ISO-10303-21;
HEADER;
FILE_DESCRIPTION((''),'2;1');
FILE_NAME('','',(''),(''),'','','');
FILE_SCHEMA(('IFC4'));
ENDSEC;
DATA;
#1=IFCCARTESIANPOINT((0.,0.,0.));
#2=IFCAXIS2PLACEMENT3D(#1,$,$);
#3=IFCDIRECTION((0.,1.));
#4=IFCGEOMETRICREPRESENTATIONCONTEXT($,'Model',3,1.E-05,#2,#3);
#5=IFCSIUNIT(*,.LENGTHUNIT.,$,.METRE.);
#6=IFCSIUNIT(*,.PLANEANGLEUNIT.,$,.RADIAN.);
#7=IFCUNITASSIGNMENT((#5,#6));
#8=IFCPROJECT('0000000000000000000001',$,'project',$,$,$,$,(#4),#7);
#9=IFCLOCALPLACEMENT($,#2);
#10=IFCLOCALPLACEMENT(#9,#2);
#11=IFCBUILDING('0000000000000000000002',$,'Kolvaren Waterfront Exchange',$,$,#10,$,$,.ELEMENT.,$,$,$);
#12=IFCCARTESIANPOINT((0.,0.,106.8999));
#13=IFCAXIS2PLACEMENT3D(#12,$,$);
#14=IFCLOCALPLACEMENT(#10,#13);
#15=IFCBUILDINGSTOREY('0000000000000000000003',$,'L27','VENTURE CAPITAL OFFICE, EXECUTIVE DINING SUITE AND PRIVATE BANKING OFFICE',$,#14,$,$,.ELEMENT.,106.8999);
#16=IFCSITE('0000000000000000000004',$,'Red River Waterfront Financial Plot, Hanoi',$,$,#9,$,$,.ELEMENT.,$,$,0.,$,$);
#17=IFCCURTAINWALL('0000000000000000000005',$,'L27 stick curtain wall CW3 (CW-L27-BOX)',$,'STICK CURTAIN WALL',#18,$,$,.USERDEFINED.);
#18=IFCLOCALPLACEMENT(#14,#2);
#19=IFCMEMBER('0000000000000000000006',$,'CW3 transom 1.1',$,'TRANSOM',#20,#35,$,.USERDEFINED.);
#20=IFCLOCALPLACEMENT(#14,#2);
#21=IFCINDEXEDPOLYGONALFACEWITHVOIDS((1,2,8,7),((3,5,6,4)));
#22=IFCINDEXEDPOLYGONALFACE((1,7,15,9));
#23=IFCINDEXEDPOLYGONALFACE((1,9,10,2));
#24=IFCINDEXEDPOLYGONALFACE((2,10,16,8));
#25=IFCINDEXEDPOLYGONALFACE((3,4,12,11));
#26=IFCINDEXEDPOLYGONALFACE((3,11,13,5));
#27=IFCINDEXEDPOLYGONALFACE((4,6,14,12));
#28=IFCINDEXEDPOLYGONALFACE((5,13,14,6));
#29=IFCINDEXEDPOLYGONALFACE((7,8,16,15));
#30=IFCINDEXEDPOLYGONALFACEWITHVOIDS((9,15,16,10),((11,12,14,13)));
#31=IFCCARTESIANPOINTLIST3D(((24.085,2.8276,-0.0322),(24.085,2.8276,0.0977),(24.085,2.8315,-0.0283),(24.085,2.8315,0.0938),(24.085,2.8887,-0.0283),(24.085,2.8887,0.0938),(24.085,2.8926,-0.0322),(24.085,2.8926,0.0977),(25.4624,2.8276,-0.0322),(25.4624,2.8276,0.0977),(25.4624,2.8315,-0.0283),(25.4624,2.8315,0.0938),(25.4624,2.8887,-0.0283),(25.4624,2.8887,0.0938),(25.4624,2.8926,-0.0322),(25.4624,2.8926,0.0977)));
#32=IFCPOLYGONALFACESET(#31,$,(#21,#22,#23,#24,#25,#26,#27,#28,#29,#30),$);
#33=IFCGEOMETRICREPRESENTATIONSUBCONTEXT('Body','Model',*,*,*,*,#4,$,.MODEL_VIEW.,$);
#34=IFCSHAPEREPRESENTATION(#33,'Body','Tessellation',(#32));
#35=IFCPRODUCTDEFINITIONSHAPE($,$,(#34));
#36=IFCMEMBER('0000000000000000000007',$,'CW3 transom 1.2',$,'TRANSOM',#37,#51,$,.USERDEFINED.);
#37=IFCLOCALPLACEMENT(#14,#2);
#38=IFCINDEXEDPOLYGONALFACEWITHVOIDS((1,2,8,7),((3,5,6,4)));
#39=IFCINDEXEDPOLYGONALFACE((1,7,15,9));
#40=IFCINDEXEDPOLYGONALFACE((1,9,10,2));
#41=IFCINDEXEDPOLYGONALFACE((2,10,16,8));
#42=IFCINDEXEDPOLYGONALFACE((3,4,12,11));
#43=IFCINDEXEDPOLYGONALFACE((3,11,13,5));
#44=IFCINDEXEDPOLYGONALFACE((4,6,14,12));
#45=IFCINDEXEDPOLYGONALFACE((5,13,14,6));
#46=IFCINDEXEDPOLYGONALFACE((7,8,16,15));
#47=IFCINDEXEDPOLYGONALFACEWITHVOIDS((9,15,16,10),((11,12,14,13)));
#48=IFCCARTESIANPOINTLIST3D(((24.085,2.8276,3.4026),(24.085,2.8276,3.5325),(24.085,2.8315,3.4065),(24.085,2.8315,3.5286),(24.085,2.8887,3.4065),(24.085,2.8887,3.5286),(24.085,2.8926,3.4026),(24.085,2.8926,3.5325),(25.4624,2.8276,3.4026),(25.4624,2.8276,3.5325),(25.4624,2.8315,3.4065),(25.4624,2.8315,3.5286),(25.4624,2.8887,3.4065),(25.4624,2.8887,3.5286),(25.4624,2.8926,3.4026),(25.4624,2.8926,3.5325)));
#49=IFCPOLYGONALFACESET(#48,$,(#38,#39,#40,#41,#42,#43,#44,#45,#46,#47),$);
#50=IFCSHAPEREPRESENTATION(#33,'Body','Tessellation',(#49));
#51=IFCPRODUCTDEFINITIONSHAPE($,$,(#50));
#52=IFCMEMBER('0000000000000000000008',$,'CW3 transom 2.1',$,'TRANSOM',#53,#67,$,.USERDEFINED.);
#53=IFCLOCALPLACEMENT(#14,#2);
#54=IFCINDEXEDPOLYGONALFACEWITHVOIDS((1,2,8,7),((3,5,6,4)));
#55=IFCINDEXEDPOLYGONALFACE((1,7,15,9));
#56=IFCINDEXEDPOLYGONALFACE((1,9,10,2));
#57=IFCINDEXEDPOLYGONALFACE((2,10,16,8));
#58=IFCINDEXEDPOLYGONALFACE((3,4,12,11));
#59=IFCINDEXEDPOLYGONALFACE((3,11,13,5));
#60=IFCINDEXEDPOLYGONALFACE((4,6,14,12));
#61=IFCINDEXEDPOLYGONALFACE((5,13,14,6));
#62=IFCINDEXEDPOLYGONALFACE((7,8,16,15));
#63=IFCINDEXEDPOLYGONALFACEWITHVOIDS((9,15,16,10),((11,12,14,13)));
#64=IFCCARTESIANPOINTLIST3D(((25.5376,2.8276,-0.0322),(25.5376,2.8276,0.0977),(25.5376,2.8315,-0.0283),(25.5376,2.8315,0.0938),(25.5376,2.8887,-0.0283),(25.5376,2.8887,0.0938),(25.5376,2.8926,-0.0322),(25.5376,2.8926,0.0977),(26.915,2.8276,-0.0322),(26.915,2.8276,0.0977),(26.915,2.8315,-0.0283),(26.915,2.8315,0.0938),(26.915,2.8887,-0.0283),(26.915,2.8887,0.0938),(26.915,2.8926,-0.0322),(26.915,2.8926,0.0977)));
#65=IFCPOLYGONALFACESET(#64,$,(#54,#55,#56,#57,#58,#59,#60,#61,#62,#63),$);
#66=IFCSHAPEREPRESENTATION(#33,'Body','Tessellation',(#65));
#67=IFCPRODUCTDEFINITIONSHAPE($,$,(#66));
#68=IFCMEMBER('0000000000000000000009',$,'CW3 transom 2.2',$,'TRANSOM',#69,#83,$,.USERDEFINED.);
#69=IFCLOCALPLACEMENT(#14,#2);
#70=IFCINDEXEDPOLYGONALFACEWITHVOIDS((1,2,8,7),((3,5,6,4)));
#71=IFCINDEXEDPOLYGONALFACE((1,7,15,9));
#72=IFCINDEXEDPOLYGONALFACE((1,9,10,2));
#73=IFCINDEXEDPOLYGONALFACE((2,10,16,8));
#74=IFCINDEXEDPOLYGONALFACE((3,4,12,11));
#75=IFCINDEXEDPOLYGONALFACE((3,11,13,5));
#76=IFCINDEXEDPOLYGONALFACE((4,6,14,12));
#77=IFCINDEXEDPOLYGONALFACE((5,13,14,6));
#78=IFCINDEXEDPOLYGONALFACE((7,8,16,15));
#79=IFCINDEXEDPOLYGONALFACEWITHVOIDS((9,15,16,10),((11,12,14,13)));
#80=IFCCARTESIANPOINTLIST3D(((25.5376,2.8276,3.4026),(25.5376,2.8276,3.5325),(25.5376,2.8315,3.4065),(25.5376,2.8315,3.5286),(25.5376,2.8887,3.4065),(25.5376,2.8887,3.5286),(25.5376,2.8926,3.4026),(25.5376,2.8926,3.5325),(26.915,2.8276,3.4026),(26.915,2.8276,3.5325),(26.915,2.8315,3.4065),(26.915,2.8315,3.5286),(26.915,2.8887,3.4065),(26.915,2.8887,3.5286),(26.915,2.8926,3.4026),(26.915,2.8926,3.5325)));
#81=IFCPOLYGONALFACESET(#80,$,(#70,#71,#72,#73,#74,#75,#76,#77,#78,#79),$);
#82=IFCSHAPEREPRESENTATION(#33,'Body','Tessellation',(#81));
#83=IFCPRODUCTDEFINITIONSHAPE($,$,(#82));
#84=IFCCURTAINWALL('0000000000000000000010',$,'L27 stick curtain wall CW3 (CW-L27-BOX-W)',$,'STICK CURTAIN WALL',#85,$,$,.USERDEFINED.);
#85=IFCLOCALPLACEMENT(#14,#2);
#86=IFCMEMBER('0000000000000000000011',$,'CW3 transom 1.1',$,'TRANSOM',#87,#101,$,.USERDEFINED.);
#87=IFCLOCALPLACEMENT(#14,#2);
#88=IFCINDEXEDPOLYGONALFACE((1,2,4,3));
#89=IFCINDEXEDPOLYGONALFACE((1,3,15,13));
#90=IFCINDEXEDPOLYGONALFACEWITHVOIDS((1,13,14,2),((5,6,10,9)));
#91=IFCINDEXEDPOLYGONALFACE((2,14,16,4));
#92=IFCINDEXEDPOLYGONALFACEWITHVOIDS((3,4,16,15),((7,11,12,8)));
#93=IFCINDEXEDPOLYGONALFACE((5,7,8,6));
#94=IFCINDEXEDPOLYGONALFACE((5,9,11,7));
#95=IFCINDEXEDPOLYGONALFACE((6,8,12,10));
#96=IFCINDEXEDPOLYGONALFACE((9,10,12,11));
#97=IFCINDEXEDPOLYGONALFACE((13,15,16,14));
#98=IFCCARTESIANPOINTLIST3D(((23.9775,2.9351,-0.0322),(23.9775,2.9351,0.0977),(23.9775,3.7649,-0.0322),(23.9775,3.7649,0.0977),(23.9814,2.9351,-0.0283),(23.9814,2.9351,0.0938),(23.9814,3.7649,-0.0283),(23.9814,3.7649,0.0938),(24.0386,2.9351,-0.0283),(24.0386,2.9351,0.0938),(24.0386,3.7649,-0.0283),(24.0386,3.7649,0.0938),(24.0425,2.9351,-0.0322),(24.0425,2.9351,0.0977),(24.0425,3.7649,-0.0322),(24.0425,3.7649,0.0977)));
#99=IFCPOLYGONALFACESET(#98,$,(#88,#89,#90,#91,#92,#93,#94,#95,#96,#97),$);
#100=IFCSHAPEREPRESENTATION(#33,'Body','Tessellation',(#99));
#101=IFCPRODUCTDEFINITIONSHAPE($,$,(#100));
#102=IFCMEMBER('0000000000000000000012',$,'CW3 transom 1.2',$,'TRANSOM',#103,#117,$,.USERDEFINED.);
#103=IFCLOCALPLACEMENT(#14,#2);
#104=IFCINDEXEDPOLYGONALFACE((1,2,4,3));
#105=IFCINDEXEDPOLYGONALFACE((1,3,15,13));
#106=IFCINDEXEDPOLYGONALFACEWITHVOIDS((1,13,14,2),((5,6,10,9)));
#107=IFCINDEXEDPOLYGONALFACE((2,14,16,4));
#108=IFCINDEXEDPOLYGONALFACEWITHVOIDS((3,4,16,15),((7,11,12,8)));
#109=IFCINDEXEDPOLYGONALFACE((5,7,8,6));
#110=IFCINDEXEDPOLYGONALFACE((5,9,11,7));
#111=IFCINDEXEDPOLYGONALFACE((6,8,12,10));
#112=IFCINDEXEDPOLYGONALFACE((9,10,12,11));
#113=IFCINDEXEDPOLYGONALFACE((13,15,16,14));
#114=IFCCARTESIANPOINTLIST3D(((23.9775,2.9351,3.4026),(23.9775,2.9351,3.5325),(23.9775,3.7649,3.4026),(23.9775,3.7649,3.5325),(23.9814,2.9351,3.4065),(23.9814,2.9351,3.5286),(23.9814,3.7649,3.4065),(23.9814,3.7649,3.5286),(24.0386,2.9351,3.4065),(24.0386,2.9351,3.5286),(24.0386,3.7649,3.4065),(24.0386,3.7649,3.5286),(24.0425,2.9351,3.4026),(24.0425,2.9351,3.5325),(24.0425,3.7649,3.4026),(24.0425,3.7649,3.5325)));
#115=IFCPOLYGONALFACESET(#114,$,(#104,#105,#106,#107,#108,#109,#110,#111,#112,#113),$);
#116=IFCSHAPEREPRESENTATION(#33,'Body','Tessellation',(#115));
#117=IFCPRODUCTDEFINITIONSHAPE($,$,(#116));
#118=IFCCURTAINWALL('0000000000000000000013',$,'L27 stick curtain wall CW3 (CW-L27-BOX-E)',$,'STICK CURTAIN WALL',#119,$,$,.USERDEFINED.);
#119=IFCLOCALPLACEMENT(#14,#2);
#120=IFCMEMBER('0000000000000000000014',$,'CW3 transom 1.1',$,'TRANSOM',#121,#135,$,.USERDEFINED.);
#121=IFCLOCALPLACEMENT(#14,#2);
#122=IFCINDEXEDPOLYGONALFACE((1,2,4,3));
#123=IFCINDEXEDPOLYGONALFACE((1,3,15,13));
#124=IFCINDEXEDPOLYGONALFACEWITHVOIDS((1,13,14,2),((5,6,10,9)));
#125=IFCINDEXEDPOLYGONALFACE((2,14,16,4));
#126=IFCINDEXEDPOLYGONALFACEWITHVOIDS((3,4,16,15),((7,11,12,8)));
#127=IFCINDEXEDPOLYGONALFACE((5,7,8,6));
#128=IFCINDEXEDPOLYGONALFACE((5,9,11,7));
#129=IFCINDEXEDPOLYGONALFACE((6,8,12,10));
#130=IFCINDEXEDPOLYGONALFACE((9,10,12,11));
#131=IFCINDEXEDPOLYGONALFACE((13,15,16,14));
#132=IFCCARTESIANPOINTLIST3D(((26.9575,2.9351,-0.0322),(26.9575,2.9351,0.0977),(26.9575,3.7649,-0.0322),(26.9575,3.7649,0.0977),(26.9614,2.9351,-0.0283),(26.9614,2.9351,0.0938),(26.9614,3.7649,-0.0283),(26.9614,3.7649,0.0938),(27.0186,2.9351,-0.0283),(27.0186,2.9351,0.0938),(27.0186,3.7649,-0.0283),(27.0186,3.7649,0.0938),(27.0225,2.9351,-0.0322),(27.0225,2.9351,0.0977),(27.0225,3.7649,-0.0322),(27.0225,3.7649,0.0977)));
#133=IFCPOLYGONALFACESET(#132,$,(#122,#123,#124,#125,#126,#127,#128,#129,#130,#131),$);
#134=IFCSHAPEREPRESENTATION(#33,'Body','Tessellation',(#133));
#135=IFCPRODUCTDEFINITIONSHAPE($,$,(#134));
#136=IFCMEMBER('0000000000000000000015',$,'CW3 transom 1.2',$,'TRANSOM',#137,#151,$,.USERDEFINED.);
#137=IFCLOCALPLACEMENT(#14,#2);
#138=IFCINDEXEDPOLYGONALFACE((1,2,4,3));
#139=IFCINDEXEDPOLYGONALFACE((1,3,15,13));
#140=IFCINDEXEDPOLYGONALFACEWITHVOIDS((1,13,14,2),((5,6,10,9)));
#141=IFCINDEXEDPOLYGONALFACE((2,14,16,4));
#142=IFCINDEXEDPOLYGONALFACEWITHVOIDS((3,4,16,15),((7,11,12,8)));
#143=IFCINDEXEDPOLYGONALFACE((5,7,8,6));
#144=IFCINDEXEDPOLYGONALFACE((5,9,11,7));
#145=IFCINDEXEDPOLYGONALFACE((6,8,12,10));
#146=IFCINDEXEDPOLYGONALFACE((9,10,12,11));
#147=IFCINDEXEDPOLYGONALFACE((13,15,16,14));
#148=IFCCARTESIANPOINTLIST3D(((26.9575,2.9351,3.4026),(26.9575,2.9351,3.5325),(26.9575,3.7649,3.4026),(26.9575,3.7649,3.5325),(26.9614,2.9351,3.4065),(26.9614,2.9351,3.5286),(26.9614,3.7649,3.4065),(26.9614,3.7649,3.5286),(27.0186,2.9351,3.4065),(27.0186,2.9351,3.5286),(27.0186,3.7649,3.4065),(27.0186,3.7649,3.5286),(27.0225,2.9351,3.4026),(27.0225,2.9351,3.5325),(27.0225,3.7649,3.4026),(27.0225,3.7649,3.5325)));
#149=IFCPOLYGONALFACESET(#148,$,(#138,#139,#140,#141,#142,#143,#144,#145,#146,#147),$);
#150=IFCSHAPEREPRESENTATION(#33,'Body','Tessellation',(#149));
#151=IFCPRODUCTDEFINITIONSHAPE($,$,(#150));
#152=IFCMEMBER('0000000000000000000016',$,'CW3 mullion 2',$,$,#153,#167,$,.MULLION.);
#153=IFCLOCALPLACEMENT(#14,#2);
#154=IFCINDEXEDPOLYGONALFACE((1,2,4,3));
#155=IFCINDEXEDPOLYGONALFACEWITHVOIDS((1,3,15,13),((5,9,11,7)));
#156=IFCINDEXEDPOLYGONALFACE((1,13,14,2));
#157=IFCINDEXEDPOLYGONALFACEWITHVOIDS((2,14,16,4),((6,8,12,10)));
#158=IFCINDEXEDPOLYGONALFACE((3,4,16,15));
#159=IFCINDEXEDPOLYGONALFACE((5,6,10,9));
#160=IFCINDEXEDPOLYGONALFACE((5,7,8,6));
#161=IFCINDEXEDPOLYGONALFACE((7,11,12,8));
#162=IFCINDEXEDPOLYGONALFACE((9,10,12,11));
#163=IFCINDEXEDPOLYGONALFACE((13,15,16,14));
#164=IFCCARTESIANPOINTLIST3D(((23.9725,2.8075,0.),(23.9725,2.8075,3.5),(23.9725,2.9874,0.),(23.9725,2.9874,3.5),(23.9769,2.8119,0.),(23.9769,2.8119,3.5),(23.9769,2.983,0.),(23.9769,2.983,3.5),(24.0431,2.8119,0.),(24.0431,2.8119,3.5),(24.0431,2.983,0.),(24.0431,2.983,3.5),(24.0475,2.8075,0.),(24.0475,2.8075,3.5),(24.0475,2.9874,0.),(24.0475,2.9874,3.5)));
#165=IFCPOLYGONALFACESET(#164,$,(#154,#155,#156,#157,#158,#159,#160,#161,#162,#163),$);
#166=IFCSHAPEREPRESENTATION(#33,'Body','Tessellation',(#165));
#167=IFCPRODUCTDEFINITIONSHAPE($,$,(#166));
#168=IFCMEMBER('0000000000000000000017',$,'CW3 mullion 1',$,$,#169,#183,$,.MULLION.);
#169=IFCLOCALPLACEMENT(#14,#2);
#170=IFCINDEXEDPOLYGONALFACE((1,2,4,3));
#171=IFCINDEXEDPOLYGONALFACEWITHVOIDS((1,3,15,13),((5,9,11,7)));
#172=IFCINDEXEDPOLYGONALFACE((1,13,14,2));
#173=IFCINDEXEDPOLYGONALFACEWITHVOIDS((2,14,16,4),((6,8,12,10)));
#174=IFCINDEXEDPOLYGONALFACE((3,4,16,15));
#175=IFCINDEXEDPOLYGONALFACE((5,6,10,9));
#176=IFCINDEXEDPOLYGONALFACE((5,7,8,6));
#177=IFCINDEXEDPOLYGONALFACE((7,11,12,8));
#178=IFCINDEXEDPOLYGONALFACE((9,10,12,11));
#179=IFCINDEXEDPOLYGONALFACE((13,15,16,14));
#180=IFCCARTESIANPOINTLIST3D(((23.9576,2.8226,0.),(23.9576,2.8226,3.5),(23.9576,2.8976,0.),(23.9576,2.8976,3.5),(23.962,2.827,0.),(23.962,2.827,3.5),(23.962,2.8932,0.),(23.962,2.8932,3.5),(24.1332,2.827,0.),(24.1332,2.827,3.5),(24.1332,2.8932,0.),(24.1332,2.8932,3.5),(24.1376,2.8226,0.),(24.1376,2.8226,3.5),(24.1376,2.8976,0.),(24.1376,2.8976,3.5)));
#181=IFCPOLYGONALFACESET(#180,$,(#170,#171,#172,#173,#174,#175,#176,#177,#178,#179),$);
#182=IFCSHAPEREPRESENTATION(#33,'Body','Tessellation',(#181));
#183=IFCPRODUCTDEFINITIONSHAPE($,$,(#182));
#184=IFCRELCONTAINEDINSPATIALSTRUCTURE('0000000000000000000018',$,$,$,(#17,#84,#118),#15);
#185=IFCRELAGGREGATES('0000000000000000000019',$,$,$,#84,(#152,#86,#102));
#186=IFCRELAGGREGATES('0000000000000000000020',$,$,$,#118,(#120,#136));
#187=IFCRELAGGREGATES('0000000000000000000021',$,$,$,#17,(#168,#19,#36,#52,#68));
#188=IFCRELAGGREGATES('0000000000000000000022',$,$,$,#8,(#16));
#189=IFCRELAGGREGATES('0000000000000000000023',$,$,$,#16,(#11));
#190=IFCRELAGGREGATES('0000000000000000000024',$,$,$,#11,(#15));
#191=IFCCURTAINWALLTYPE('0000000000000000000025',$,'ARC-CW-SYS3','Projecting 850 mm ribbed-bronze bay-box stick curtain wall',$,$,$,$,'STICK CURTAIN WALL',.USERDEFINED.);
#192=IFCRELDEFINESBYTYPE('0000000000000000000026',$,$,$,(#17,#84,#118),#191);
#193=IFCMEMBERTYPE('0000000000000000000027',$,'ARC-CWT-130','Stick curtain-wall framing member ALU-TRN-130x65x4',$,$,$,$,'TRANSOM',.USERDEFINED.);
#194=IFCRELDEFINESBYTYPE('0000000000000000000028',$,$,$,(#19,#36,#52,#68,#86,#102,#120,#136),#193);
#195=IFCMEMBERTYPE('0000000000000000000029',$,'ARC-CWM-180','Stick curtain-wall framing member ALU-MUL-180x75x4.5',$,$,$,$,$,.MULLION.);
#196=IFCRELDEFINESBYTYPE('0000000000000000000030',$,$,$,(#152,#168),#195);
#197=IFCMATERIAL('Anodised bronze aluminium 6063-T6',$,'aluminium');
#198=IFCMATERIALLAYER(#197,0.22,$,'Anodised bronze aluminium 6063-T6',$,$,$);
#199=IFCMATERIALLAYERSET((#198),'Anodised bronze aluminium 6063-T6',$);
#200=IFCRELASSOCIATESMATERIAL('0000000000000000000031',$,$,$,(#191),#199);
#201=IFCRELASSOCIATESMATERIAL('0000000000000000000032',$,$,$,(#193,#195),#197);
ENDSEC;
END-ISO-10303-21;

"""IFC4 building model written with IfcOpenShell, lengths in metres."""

from ifc_helpers import new_model, si_unit, direction, frame, origin, origin_with_axes, origin_2d, place, context, subcontext, project, spatial, hollow_rectangle, extrude, source, transform, mapped, material, layer, layer_set, material_profile, profile_set, type_object, element, aggregate, save


model = new_model("IFC4")

# Units and contexts
model_context = context("Model", 3, precision=1e-05, world=origin(), true_north=direction((0.0, 1.0)))
body_context = subcontext(model_context, "Body", "Model", "MODEL_VIEW")
ifc_project = project(units=[si_unit("LENGTHUNIT", "METRE"), si_unit("PLANEANGLEUNIT", "RADIAN")], contexts=[model_context])

# Site, building, storey
site_placement = place(None, origin())
site = spatial("IfcSite", under=ifc_project, at=site_placement, Name="Red River Waterfront Financial Plot, Hanoi", CompositionType="ELEMENT", RefElevation=0.0)
building_placement = place(site_placement, origin())
building = spatial("IfcBuilding", under=site, at=building_placement, Name="Kolvaren Waterfront Exchange", CompositionType="ELEMENT")
storey_placement = place(building_placement, frame((0.0, 0.0, 106.8999)))
storey = spatial("IfcBuildingStorey", under=building, at=storey_placement, Name="L27", Description="VENTURE CAPITAL OFFICE, EXECUTIVE DINING SUITE AND PRIVATE BANKING OFFICE", CompositionType="ELEMENT", Elevation=106.8999)

# Curtain walls, members
ifc_material_1 = material(Name="Anodised bronze aluminium 6063-T6", Category="aluminium")
ifc_layer_1 = layer(ifc_material_1, 0.22, Name="Anodised bronze aluminium 6063-T6")
ifc_layer_set_1 = layer_set([ifc_layer_1], Name="Anodised bronze aluminium 6063-T6")
curtain_wall_type = type_object("IfcCurtainWallType", Name="ARC-CW-SYS3", Description="Projecting 850 mm ribbed-bronze bay-box stick curtain wall", ElementType="STICK CURTAIN WALL", PredefinedType="USERDEFINED", material=ifc_layer_set_1)
curtain_wall_1_placement = place(storey_placement, origin())
curtain_wall_1 = element("IfcCurtainWall", 1, at=curtain_wall_1_placement, inside=storey, type_object=curtain_wall_type, Name="L27 stick curtain wall CW3 (CW-L27-BOX)", ObjectType="STICK CURTAIN WALL", PredefinedType="USERDEFINED")
ifc_material_profile_1 = material_profile(ifc_material_1, hollow_rectangle(XDim=0.0649, YDim=0.1299, WallThickness=0.0039, at=origin_2d()), Name="ALU-TRN-130x65x4")
ifc_profile_set_1 = profile_set([ifc_material_profile_1], Name="Anodised bronze aluminium 6063-T6")
member_type_1 = type_object("IfcMemberType", Name="ARC-CWT-130", Description="Stick curtain-wall framing member ALU-TRN-130x65x4", ElementType="TRANSOM", PredefinedType="USERDEFINED", material=ifc_profile_set_1)
shared_shape_1 = source(origin_with_axes(), body_context, "Body", "SweptSolid", [
    extrude(hollow_rectangle(XDim=0.0649, YDim=0.1299, WallThickness=0.0039, at=origin_2d()), origin(), (0.0, 0.0, 1.0), 1.3774),
])
member_1_placement = place(storey_placement, frame((24.085, 2.8601, 0.0327), z_axis=(1.0, 0.0, 0.0), x_axis=(0.0, 1.0, 0.0)))
member_1 = element("IfcMember", 2, at=member_1_placement, type_object=member_type_1, Name="CW3 transom 1.1", ObjectType="TRANSOM", PredefinedType="USERDEFINED", context=body_context, shape_type="MappedRepresentation", body=[
    mapped(shared_shape_1, transform((0.0, 0.0, 0.0), x_axis=(1.0, 0.0, 0.0), y_axis=(0.0, 1.0, 0.0), z_axis=(0.0, 0.0, 1.0), scale=1.0)),
])
member_2_placement = place(storey_placement, frame((24.085, 2.8601, 3.4675), z_axis=(1.0, 0.0, 0.0), x_axis=(0.0, 1.0, 0.0)))
member_2 = element("IfcMember", 3, at=member_2_placement, type_object=member_type_1, Name="CW3 transom 1.2", ObjectType="TRANSOM", PredefinedType="USERDEFINED", context=body_context, shape_type="MappedRepresentation", body=[
    mapped(shared_shape_1, transform((0.0, 0.0, 0.0), x_axis=(1.0, 0.0, 0.0), y_axis=(0.0, 1.0, 0.0), z_axis=(0.0, 0.0, 1.0), scale=1.0)),
])
member_3_placement = place(storey_placement, frame((25.5376, 2.8601, 0.0327), z_axis=(1.0, 0.0, 0.0), x_axis=(0.0, 1.0, 0.0)))
member_3 = element("IfcMember", 4, at=member_3_placement, type_object=member_type_1, Name="CW3 transom 2.1", ObjectType="TRANSOM", PredefinedType="USERDEFINED", context=body_context, shape_type="MappedRepresentation", body=[
    mapped(shared_shape_1, transform((0.0, 0.0, 0.0), x_axis=(1.0, 0.0, 0.0), y_axis=(0.0, 1.0, 0.0), z_axis=(0.0, 0.0, 1.0), scale=1.0)),
])
member_4_placement = place(storey_placement, frame((25.5376, 2.8601, 3.4675), z_axis=(1.0, 0.0, 0.0), x_axis=(0.0, 1.0, 0.0)))
member_4 = element("IfcMember", 5, at=member_4_placement, type_object=member_type_1, Name="CW3 transom 2.2", ObjectType="TRANSOM", PredefinedType="USERDEFINED", context=body_context, shape_type="MappedRepresentation", body=[
    mapped(shared_shape_1, transform((0.0, 0.0, 0.0), x_axis=(1.0, 0.0, 0.0), y_axis=(0.0, 1.0, 0.0), z_axis=(0.0, 0.0, 1.0), scale=1.0)),
])
curtain_wall_2_placement = place(storey_placement, origin())
curtain_wall_2 = element("IfcCurtainWall", 6, at=curtain_wall_2_placement, inside=storey, type_object=curtain_wall_type, Name="L27 stick curtain wall CW3 (CW-L27-BOX-W)", ObjectType="STICK CURTAIN WALL", PredefinedType="USERDEFINED")
shared_shape_2 = source(origin_with_axes(), body_context, "Body", "SweptSolid", [
    extrude(hollow_rectangle(XDim=0.0649, YDim=0.1299, WallThickness=0.0039, at=origin_2d()), origin(), (0.0, 0.0, 1.0), 0.8298),
])
member_5_placement = place(storey_placement, frame((24.01, 3.7649, 0.0327), z_axis=(0.0, -1.0, 0.0), x_axis=(1.0, 0.0, 0.0)))
member_5 = element("IfcMember", 7, at=member_5_placement, type_object=member_type_1, Name="CW3 transom 1.1", ObjectType="TRANSOM", PredefinedType="USERDEFINED", context=body_context, shape_type="MappedRepresentation", body=[
    mapped(shared_shape_2, transform((0.0, 0.0, 0.0), x_axis=(1.0, 0.0, 0.0), y_axis=(0.0, 1.0, 0.0), z_axis=(0.0, 0.0, 1.0), scale=1.0)),
])
member_6_placement = place(storey_placement, frame((24.01, 3.7649, 3.4675), z_axis=(0.0, -1.0, 0.0), x_axis=(1.0, 0.0, 0.0)))
member_6 = element("IfcMember", 8, at=member_6_placement, type_object=member_type_1, Name="CW3 transom 1.2", ObjectType="TRANSOM", PredefinedType="USERDEFINED", context=body_context, shape_type="MappedRepresentation", body=[
    mapped(shared_shape_2, transform((0.0, 0.0, 0.0), x_axis=(1.0, 0.0, 0.0), y_axis=(0.0, 1.0, 0.0), z_axis=(0.0, 0.0, 1.0), scale=1.0)),
])
curtain_wall_3_placement = place(storey_placement, origin())
curtain_wall_3 = element("IfcCurtainWall", 9, at=curtain_wall_3_placement, inside=storey, type_object=curtain_wall_type, Name="L27 stick curtain wall CW3 (CW-L27-BOX-E)", ObjectType="STICK CURTAIN WALL", PredefinedType="USERDEFINED")
member_7_placement = place(storey_placement, frame((26.99, 2.9351, 0.0327), z_axis=(0.0, 1.0, 0.0), x_axis=(-1.0, 0.0, 0.0)))
member_7 = element("IfcMember", 10, at=member_7_placement, type_object=member_type_1, Name="CW3 transom 1.1", ObjectType="TRANSOM", PredefinedType="USERDEFINED", context=body_context, shape_type="MappedRepresentation", body=[
    mapped(shared_shape_2, transform((0.0, 0.0, 0.0), x_axis=(1.0, 0.0, 0.0), y_axis=(0.0, 1.0, 0.0), z_axis=(0.0, 0.0, 1.0), scale=1.0)),
])
member_8_placement = place(storey_placement, frame((26.99, 2.9351, 3.4675), z_axis=(0.0, 1.0, 0.0), x_axis=(-1.0, 0.0, 0.0)))
member_8 = element("IfcMember", 11, at=member_8_placement, type_object=member_type_1, Name="CW3 transom 1.2", ObjectType="TRANSOM", PredefinedType="USERDEFINED", context=body_context, shape_type="MappedRepresentation", body=[
    mapped(shared_shape_2, transform((0.0, 0.0, 0.0), x_axis=(1.0, 0.0, 0.0), y_axis=(0.0, 1.0, 0.0), z_axis=(0.0, 0.0, 1.0), scale=1.0)),
])

# Members
ifc_material_profile_2 = material_profile(ifc_material_1, hollow_rectangle(XDim=0.075, YDim=0.1799, WallThickness=0.0044, at=origin_2d()), Name="ALU-MUL-180x75x4.5")
ifc_profile_set_2 = profile_set([ifc_material_profile_2], Name="Anodised bronze aluminium 6063-T6")
member_type_2 = type_object("IfcMemberType", Name="ARC-CWM-180", Description="Stick curtain-wall framing member ALU-MUL-180x75x4.5", PredefinedType="MULLION", material=ifc_profile_set_2)
shared_shape_3 = source(origin_with_axes(), body_context, "Body", "SweptSolid", [
    extrude(hollow_rectangle(XDim=0.075, YDim=0.1799, WallThickness=0.0044, at=origin_2d()), origin(), (0.0, 0.0, 1.0), 3.5),
])
member_9_placement = place(storey_placement, frame((24.01, 2.8975, 0.0), z_axis=(0.0, 0.0, 1.0), x_axis=(1.0, 0.0, 0.0)))
member_9 = element("IfcMember", 12, at=member_9_placement, type_object=member_type_2, Name="CW3 mullion 2", PredefinedType="MULLION", context=body_context, shape_type="MappedRepresentation", body=[
    mapped(shared_shape_3, transform((0.0, 0.0, 0.0), x_axis=(1.0, 0.0, 0.0), y_axis=(0.0, 1.0, 0.0), z_axis=(0.0, 0.0, 1.0), scale=1.0)),
])
member_10_placement = place(storey_placement, frame((24.0476, 2.8601, 0.0), z_axis=(0.0, 0.0, 1.0), x_axis=(0.0, 1.0, 0.0)))
member_10 = element("IfcMember", 13, at=member_10_placement, type_object=member_type_2, Name="CW3 mullion 1", PredefinedType="MULLION", context=body_context, shape_type="MappedRepresentation", body=[
    mapped(shared_shape_3, transform((0.0, 0.0, 0.0), x_axis=(1.0, 0.0, 0.0), y_axis=(0.0, 1.0, 0.0), z_axis=(0.0, 0.0, 1.0), scale=1.0)),
])

aggregate(curtain_wall_2, [member_9, member_5, member_6])
aggregate(curtain_wall_3, [member_7, member_8])
aggregate(curtain_wall_1, [member_10, member_1, member_2, member_3, member_4])

save(model, "model.ifc")
